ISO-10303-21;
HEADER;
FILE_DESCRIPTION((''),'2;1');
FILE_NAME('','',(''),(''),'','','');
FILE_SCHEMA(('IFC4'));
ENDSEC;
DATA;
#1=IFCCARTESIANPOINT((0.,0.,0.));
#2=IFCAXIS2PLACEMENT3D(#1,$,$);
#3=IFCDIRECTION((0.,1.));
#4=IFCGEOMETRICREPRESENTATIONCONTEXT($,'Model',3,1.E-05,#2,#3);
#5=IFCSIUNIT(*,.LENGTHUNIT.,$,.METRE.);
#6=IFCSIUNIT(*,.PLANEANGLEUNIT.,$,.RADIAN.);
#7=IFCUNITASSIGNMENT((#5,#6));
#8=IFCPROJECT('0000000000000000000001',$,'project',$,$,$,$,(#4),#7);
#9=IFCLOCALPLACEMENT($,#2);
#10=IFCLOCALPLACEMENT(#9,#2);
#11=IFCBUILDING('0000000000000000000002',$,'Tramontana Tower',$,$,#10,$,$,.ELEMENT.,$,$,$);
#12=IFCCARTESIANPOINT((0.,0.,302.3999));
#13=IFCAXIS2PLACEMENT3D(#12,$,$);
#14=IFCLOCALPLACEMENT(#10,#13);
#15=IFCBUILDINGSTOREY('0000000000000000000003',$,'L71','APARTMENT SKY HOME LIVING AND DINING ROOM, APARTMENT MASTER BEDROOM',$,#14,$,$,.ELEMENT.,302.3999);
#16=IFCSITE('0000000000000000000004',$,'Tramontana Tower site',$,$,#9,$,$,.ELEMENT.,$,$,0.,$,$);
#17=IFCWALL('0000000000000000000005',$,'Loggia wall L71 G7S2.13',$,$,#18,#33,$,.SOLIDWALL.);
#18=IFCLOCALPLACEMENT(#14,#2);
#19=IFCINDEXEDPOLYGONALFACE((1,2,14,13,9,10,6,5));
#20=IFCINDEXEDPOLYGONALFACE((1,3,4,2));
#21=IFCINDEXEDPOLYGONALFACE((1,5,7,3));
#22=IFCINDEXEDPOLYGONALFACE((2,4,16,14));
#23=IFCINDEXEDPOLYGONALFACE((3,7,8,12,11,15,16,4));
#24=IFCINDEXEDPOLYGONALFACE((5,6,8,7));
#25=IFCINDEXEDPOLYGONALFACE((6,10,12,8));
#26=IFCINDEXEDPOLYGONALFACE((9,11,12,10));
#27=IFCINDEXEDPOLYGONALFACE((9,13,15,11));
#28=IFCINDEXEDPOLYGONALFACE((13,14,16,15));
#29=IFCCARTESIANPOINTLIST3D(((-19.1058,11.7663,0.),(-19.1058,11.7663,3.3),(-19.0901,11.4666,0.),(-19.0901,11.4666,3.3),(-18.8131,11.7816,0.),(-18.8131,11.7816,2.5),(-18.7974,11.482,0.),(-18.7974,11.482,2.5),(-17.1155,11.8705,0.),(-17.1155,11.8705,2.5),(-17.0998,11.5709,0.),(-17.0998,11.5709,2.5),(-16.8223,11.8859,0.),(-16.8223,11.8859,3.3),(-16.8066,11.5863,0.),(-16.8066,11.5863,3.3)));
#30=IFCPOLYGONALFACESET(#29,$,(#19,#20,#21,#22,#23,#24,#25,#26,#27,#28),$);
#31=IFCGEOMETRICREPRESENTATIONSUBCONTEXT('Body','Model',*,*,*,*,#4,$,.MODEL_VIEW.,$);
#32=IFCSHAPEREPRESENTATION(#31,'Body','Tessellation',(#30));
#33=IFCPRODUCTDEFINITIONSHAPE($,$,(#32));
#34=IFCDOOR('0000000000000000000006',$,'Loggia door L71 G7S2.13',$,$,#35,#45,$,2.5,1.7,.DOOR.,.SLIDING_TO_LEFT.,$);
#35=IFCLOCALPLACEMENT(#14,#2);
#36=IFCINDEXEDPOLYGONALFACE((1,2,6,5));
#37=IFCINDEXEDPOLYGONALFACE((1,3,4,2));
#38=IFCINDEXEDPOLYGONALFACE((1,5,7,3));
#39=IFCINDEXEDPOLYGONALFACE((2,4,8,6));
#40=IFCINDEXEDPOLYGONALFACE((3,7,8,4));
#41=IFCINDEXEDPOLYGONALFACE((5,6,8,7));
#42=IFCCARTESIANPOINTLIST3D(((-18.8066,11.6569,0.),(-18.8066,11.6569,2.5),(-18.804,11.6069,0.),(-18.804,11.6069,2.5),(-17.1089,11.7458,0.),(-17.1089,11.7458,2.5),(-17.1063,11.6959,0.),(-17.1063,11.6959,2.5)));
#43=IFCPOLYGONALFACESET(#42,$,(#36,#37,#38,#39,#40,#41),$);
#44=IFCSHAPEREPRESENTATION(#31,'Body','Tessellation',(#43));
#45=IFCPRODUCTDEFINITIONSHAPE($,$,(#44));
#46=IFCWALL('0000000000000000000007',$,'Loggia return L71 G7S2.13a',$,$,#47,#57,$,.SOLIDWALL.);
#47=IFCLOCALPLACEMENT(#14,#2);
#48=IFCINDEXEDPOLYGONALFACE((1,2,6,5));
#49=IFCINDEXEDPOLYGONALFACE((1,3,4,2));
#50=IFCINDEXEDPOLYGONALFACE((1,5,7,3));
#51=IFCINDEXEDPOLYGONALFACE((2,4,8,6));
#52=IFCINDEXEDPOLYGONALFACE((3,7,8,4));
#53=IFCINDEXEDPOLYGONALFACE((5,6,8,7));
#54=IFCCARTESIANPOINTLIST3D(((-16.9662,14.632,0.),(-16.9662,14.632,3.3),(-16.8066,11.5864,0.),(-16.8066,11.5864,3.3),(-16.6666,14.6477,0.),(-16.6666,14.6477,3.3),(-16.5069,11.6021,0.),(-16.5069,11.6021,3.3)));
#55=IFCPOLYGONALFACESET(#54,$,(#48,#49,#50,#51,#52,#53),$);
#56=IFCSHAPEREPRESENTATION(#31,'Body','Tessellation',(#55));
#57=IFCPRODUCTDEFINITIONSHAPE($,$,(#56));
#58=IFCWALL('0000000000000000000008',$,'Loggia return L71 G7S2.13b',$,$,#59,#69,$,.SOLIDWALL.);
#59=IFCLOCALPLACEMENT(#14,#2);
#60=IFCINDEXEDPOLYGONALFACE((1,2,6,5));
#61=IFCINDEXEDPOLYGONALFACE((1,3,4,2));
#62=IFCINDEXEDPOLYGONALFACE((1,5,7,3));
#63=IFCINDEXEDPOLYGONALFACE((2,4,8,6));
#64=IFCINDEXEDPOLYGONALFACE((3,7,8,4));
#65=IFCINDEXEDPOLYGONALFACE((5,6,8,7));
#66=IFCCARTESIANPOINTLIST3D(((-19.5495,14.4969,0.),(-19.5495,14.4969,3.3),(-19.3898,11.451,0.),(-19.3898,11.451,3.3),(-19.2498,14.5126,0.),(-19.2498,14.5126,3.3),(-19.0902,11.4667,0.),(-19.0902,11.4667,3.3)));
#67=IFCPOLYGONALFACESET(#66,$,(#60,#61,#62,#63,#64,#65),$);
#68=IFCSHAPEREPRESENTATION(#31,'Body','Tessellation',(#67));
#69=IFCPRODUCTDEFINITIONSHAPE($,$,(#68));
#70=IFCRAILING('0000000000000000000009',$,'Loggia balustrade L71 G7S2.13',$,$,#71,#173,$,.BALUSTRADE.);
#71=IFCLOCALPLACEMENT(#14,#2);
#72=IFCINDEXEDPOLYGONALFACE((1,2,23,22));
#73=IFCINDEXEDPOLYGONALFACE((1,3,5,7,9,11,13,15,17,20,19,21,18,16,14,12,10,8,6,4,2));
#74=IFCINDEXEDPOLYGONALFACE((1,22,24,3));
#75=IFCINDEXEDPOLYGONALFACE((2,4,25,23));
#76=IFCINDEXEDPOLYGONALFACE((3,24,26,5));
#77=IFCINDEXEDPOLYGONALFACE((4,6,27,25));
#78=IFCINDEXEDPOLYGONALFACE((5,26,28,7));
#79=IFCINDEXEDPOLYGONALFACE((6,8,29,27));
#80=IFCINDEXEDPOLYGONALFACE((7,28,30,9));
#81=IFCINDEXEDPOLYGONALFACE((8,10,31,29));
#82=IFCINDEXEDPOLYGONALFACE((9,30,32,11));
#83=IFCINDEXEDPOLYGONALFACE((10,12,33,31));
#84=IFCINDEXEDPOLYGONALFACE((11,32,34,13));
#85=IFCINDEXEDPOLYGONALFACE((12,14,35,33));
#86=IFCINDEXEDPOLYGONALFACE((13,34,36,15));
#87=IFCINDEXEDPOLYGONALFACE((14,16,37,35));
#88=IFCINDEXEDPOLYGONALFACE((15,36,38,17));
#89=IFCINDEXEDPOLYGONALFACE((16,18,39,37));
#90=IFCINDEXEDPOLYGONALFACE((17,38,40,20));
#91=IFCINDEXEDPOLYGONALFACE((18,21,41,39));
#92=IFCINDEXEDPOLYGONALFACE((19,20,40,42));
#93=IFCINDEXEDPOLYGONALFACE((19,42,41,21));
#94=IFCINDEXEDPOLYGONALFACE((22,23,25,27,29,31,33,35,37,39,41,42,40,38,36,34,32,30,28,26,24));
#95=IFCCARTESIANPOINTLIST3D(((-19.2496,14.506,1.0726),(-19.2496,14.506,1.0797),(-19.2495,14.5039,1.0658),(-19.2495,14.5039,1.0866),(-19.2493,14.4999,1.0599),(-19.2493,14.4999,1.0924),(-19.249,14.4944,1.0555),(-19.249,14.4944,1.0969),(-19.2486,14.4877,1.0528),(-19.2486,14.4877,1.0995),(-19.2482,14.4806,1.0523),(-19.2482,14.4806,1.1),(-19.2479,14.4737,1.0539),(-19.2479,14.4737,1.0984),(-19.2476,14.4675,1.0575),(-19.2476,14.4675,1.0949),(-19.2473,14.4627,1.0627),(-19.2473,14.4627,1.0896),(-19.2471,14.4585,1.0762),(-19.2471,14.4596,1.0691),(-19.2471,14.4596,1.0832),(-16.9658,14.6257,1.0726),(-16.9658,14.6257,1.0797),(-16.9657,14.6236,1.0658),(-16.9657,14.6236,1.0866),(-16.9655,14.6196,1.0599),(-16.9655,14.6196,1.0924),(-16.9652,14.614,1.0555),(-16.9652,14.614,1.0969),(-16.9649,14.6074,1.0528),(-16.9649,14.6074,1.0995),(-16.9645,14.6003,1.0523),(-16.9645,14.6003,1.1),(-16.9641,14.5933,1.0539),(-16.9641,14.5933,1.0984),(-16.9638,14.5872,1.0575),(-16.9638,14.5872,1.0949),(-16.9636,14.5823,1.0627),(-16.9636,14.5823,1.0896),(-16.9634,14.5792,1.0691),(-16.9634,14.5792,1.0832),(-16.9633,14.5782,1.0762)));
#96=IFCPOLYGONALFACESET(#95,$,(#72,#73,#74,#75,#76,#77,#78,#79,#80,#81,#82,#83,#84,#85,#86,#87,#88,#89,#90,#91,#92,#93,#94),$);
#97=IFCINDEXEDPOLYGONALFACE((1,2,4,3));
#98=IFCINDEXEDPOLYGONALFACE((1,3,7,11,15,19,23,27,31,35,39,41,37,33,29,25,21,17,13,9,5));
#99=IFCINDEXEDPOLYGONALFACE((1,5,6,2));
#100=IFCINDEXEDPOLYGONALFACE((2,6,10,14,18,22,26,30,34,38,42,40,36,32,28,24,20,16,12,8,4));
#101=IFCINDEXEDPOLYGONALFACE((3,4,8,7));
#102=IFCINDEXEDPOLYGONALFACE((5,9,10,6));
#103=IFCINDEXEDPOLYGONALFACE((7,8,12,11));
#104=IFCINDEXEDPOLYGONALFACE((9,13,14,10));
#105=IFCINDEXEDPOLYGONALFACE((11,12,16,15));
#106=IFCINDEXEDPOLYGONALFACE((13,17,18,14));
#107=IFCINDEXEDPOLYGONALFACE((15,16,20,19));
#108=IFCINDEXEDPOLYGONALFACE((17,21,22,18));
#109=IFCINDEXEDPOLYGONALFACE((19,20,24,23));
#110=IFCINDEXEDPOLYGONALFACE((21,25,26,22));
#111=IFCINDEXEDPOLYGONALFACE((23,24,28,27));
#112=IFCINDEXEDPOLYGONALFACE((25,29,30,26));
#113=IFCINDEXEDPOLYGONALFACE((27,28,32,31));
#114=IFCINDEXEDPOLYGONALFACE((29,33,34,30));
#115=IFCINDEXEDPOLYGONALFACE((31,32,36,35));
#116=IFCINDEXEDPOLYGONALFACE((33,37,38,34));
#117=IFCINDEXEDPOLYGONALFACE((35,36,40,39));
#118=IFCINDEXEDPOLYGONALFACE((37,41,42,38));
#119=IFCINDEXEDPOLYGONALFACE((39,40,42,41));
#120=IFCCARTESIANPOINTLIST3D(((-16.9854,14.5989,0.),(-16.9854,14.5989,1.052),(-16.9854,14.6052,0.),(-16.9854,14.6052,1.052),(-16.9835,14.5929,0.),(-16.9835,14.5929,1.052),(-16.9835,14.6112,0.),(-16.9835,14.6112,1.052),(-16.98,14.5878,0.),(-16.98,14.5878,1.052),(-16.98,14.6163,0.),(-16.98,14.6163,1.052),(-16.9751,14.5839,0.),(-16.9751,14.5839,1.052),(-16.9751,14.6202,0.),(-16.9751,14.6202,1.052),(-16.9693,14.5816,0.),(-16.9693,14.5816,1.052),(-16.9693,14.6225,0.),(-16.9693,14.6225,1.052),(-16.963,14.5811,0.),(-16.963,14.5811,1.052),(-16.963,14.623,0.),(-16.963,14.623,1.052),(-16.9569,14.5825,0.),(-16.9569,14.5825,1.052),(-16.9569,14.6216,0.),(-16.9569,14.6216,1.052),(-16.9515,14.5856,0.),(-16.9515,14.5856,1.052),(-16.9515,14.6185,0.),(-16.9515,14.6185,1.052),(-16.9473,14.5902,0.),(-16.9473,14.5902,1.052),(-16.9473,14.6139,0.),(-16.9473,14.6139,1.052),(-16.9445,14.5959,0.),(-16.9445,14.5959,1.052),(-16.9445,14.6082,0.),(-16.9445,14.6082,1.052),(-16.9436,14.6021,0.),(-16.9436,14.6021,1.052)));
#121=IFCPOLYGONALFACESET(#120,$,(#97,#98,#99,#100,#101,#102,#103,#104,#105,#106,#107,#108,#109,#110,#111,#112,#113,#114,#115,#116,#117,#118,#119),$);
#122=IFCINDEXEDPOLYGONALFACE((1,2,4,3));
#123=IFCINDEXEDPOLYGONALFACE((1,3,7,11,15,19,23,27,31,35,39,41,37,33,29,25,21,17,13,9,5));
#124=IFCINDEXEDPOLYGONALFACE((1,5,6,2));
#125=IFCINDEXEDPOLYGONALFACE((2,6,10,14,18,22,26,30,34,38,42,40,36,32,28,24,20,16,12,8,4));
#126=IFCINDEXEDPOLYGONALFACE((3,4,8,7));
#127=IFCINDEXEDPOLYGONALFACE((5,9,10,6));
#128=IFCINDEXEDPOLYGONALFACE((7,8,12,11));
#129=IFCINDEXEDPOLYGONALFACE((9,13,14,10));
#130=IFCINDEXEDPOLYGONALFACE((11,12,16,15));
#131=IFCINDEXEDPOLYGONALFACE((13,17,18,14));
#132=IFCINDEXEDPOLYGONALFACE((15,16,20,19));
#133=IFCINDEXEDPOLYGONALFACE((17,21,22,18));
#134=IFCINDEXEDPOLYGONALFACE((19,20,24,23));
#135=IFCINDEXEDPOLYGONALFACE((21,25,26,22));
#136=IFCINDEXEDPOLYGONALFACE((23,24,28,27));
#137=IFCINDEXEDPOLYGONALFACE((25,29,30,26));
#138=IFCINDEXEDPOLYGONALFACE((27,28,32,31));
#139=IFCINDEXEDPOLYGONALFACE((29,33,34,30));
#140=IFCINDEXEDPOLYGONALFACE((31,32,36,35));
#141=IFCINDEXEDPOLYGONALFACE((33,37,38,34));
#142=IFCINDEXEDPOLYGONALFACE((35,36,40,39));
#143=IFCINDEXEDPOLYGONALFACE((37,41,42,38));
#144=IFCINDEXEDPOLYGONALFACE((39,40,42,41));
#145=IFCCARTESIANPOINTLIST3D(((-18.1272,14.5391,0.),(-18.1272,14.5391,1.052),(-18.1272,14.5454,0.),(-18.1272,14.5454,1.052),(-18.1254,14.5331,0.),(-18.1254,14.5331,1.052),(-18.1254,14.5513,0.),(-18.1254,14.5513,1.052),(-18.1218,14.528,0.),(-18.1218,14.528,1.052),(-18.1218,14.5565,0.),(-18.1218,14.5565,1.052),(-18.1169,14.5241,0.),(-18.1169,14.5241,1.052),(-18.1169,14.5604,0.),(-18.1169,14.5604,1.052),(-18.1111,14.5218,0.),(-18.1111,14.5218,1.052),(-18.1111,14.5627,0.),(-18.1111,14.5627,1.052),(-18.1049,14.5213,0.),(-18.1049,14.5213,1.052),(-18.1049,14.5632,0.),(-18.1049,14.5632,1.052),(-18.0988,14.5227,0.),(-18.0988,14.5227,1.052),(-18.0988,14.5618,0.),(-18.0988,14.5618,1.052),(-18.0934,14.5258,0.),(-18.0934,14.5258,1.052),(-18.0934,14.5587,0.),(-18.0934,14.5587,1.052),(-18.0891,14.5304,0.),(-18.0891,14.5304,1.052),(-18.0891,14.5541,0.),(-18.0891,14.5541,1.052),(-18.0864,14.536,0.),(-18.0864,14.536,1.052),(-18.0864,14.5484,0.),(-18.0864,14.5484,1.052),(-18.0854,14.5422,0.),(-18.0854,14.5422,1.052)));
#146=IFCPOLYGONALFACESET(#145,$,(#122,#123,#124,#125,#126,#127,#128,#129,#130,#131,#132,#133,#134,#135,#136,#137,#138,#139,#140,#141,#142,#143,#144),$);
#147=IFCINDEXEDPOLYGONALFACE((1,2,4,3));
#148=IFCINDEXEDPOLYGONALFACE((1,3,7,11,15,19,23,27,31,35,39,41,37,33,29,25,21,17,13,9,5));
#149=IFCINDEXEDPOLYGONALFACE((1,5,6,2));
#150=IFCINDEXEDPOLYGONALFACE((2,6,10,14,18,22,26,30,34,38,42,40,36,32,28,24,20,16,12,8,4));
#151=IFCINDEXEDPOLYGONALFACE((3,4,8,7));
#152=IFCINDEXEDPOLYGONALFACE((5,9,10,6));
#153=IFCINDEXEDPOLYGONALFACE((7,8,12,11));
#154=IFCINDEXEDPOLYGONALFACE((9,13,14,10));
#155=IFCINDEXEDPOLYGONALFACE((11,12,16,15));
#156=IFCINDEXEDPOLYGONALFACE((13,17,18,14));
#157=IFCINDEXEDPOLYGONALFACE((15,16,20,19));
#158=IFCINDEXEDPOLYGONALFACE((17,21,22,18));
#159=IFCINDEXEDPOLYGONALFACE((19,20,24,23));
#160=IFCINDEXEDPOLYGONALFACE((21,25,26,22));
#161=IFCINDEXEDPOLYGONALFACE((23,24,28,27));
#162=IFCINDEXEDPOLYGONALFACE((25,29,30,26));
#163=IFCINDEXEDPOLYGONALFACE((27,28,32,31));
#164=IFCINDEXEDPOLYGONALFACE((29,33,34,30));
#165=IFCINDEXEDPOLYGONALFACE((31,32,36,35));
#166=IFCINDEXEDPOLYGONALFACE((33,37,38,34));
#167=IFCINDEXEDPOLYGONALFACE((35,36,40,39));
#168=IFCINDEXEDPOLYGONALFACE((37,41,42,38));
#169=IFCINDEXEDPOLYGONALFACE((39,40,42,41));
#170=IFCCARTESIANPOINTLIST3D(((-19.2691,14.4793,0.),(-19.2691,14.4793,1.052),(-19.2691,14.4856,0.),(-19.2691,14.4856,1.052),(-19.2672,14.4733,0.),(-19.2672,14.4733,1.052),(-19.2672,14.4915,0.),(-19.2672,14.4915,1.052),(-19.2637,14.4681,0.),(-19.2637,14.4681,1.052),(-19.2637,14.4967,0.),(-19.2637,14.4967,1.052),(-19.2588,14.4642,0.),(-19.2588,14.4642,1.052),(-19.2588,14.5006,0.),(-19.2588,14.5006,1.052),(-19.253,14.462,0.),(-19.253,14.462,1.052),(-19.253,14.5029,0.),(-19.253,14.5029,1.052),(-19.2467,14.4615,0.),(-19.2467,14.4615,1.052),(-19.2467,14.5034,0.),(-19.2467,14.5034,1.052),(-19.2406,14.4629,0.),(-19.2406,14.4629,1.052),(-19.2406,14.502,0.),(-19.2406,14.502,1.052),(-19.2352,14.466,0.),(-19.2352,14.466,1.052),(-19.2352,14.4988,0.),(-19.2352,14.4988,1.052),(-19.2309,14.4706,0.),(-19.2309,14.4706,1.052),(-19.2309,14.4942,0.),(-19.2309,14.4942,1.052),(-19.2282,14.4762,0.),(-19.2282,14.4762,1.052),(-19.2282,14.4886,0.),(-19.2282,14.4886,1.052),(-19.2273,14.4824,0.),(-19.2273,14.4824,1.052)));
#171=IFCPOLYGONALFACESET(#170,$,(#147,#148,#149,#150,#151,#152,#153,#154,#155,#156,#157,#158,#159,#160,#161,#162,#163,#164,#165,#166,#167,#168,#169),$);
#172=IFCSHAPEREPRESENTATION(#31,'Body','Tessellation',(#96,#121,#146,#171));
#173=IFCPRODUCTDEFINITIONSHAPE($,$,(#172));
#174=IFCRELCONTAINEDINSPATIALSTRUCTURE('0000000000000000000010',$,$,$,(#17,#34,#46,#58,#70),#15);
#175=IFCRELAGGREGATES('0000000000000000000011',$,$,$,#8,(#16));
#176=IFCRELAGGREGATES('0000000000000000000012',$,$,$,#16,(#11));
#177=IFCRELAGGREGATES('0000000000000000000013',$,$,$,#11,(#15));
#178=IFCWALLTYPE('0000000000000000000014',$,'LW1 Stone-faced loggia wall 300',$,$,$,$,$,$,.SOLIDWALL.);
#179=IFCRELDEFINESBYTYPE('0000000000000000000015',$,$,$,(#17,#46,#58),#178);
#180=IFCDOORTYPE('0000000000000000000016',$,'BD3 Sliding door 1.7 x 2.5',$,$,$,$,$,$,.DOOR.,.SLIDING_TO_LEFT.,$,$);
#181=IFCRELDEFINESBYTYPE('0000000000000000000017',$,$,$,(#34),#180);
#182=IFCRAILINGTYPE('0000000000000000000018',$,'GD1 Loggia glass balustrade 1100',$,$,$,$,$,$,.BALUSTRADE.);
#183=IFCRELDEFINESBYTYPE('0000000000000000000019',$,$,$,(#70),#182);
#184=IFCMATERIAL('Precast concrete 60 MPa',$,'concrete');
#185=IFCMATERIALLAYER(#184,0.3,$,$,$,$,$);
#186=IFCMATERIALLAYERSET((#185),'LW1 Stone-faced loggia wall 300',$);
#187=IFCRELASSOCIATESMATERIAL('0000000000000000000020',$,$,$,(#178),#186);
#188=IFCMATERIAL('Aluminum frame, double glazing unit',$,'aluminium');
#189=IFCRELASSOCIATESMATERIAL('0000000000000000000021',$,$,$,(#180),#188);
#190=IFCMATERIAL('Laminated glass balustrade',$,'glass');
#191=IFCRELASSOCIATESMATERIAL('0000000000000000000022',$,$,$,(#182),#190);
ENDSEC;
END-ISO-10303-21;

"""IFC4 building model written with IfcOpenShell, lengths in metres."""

from ifc_helpers import new_model, si_unit, direction, frame, frame_2d, origin, origin_2d, place, context, subcontext, project, spatial, rectangle, circle, extrude, material, layer, layer_set, type_object, element, fill, save


model = new_model("IFC4")

# Units and contexts
model_context = context("Model", 3, precision=1e-05, world=origin(), true_north=direction((0.0, 1.0)))
body_context = subcontext(model_context, "Body", "Model", "MODEL_VIEW")
ifc_project = project(units=[si_unit("LENGTHUNIT", "METRE"), si_unit("PLANEANGLEUNIT", "RADIAN")], contexts=[model_context])

# Site, building, storey
site_placement = place(None, origin())
site = spatial("IfcSite", under=ifc_project, at=site_placement, Name="Tramontana Tower site", CompositionType="ELEMENT", RefElevation=0.0)
building_placement = place(site_placement, origin())
building = spatial("IfcBuilding", under=site, at=building_placement, Name="Tramontana Tower", CompositionType="ELEMENT")
storey_placement = place(building_placement, frame((0.0, 0.0, 302.3999)))
storey = spatial("IfcBuildingStorey", under=building, at=storey_placement, Name="L71", Description="APARTMENT SKY HOME LIVING AND DINING ROOM, APARTMENT MASTER BEDROOM", CompositionType="ELEMENT", Elevation=302.3999)

# Wall, opening, door
ifc_material_1 = material(Name="Precast concrete 60 MPa", Category="concrete")
ifc_layer_1 = layer(ifc_material_1, 0.3)
ifc_layer_set_1 = layer_set([ifc_layer_1], Name="LW1 Stone-faced loggia wall 300")
wall_type_1 = type_object("IfcWallType", Name="LW1 Stone-faced loggia wall 300", PredefinedType="SOLIDWALL", material=ifc_layer_set_1)
wall_1_placement = place(storey_placement, frame((-16.8145, 11.7361, 0.0), z_axis=(0.0, 0.0, 1.0), x_axis=(-0.99863, -0.052318, 0.0)))
wall_1 = element("IfcWall", 1, at=wall_1_placement, inside=storey, type_object=wall_type_1, Name="Loggia wall L71 G7S2.13", PredefinedType="SOLIDWALL", context=body_context, shape_type="SweptSolid", body=[
    extrude(rectangle(XDim=2.2866, YDim=0.3, at=frame_2d((1.1433, 0.0))), origin(), (0.0, 0.0, 1.0), 3.3),
])
opening_1_placement = place(wall_1_placement, frame((0.2935, 0.0, 0.0)))
opening_1 = element("IfcOpeningElement", 2, at=opening_1_placement, cuts=wall_1, PredefinedType="OPENING", context=body_context, shape_type="SweptSolid", body=[
    extrude(rectangle(XDim=1.7, YDim=2.5, at=frame_2d((0.8501, 1.25))), frame((0.0, 0.1599, 0.0), z_axis=(0.0, -1.0, 0.0), x_axis=(1.0, 0.0, 0.0)), (0.0, 0.0, 1.0), 0.3201),
])
ifc_material_2 = material(Name="Aluminum frame, double glazing unit", Category="aluminium")
door_type_1 = type_object("IfcDoorType", Name="BD3 Sliding door 1.7 x 2.5", OperationType="SLIDING_TO_LEFT", PredefinedType="DOOR", material=ifc_material_2)
door_1_placement = place(opening_1_placement, origin())
door_1 = element("IfcDoor", 3, at=door_1_placement, inside=storey, type_object=door_type_1, Name="Loggia door L71 G7S2.13", OperationType="SLIDING_TO_LEFT", OverallHeight=2.5, OverallWidth=1.7, PredefinedType="DOOR", context=body_context, shape_type="SweptSolid", body=[
    extrude(rectangle(XDim=1.7, YDim=2.5, at=frame_2d((0.8501, 1.25))), frame((0.0, 0.0249, 0.0), z_axis=(0.0, -1.0, 0.0), x_axis=(1.0, 0.0, 0.0)), (0.0, 0.0, 1.0), 0.05),
])
fill(opening_1, door_1)

# Walls
wall_2_placement = place(storey_placement, frame((-16.8164, 14.6399, 0.0), z_axis=(0.0, 0.0, 1.0), x_axis=(0.052353, -0.998629, 0.0)))
element("IfcWall", 4, at=wall_2_placement, inside=storey, type_object=wall_type_1, Name="Loggia return L71 G7S2.13a", PredefinedType="SOLIDWALL", context=body_context, shape_type="SweptSolid", body=[
    extrude(rectangle(XDim=3.0498, YDim=0.3, at=frame_2d((1.5249, 0.0))), origin(), (0.0, 0.0, 1.0), 3.3),
])
wall_3_placement = place(storey_placement, frame((-19.3997, 14.5046, 0.0), z_axis=(0.0, 0.0, 1.0), x_axis=(0.052349, -0.998629, 0.0)))
element("IfcWall", 5, at=wall_3_placement, inside=storey, type_object=wall_type_1, Name="Loggia return L71 G7S2.13b", PredefinedType="SOLIDWALL", context=body_context, shape_type="SweptSolid", body=[
    extrude(rectangle(XDim=3.05, YDim=0.3, at=frame_2d((1.5249, 0.0))), origin(), (0.0, 0.0, 1.0), 3.3),
])

# Railing
ifc_material_3 = material(Name="Laminated glass balustrade", Category="glass")
railing_type = type_object("IfcRailingType", Name="GD1 Loggia glass balustrade 1100", PredefinedType="BALUSTRADE", material=ifc_material_3)
railing_1_placement = place(storey_placement, frame((-16.9646, 14.6021, 0.0)))
element("IfcRailing", 6, at=railing_1_placement, inside=storey, type_object=railing_type, Name="Loggia balustrade L71 G7S2.13", PredefinedType="BALUSTRADE", context=body_context, shape_type="SweptSolid", body=[
    extrude(circle(Radius=0.0239, at=origin_2d()), frame((0.0, 0.0, 1.0762), z_axis=(-0.998631, -0.052312, 0.0), x_axis=(0.052312, -0.998631, 0.0)), (0.0, 0.0, 1.0), 2.2869),
    extrude(circle(Radius=0.021, at=origin_2d()), origin(), (0.0, 0.0, 1.0), 1.052),
    extrude(circle(Radius=0.021, at=origin_2d()), frame((-1.1418, -0.0598, 0.0)), (0.0, 0.0, 1.0), 1.052),
    extrude(circle(Radius=0.021, at=origin_2d()), frame((-2.2837, -0.1196, 0.0)), (0.0, 0.0, 1.0), 1.052),
])

save(model, "model.ifc")
